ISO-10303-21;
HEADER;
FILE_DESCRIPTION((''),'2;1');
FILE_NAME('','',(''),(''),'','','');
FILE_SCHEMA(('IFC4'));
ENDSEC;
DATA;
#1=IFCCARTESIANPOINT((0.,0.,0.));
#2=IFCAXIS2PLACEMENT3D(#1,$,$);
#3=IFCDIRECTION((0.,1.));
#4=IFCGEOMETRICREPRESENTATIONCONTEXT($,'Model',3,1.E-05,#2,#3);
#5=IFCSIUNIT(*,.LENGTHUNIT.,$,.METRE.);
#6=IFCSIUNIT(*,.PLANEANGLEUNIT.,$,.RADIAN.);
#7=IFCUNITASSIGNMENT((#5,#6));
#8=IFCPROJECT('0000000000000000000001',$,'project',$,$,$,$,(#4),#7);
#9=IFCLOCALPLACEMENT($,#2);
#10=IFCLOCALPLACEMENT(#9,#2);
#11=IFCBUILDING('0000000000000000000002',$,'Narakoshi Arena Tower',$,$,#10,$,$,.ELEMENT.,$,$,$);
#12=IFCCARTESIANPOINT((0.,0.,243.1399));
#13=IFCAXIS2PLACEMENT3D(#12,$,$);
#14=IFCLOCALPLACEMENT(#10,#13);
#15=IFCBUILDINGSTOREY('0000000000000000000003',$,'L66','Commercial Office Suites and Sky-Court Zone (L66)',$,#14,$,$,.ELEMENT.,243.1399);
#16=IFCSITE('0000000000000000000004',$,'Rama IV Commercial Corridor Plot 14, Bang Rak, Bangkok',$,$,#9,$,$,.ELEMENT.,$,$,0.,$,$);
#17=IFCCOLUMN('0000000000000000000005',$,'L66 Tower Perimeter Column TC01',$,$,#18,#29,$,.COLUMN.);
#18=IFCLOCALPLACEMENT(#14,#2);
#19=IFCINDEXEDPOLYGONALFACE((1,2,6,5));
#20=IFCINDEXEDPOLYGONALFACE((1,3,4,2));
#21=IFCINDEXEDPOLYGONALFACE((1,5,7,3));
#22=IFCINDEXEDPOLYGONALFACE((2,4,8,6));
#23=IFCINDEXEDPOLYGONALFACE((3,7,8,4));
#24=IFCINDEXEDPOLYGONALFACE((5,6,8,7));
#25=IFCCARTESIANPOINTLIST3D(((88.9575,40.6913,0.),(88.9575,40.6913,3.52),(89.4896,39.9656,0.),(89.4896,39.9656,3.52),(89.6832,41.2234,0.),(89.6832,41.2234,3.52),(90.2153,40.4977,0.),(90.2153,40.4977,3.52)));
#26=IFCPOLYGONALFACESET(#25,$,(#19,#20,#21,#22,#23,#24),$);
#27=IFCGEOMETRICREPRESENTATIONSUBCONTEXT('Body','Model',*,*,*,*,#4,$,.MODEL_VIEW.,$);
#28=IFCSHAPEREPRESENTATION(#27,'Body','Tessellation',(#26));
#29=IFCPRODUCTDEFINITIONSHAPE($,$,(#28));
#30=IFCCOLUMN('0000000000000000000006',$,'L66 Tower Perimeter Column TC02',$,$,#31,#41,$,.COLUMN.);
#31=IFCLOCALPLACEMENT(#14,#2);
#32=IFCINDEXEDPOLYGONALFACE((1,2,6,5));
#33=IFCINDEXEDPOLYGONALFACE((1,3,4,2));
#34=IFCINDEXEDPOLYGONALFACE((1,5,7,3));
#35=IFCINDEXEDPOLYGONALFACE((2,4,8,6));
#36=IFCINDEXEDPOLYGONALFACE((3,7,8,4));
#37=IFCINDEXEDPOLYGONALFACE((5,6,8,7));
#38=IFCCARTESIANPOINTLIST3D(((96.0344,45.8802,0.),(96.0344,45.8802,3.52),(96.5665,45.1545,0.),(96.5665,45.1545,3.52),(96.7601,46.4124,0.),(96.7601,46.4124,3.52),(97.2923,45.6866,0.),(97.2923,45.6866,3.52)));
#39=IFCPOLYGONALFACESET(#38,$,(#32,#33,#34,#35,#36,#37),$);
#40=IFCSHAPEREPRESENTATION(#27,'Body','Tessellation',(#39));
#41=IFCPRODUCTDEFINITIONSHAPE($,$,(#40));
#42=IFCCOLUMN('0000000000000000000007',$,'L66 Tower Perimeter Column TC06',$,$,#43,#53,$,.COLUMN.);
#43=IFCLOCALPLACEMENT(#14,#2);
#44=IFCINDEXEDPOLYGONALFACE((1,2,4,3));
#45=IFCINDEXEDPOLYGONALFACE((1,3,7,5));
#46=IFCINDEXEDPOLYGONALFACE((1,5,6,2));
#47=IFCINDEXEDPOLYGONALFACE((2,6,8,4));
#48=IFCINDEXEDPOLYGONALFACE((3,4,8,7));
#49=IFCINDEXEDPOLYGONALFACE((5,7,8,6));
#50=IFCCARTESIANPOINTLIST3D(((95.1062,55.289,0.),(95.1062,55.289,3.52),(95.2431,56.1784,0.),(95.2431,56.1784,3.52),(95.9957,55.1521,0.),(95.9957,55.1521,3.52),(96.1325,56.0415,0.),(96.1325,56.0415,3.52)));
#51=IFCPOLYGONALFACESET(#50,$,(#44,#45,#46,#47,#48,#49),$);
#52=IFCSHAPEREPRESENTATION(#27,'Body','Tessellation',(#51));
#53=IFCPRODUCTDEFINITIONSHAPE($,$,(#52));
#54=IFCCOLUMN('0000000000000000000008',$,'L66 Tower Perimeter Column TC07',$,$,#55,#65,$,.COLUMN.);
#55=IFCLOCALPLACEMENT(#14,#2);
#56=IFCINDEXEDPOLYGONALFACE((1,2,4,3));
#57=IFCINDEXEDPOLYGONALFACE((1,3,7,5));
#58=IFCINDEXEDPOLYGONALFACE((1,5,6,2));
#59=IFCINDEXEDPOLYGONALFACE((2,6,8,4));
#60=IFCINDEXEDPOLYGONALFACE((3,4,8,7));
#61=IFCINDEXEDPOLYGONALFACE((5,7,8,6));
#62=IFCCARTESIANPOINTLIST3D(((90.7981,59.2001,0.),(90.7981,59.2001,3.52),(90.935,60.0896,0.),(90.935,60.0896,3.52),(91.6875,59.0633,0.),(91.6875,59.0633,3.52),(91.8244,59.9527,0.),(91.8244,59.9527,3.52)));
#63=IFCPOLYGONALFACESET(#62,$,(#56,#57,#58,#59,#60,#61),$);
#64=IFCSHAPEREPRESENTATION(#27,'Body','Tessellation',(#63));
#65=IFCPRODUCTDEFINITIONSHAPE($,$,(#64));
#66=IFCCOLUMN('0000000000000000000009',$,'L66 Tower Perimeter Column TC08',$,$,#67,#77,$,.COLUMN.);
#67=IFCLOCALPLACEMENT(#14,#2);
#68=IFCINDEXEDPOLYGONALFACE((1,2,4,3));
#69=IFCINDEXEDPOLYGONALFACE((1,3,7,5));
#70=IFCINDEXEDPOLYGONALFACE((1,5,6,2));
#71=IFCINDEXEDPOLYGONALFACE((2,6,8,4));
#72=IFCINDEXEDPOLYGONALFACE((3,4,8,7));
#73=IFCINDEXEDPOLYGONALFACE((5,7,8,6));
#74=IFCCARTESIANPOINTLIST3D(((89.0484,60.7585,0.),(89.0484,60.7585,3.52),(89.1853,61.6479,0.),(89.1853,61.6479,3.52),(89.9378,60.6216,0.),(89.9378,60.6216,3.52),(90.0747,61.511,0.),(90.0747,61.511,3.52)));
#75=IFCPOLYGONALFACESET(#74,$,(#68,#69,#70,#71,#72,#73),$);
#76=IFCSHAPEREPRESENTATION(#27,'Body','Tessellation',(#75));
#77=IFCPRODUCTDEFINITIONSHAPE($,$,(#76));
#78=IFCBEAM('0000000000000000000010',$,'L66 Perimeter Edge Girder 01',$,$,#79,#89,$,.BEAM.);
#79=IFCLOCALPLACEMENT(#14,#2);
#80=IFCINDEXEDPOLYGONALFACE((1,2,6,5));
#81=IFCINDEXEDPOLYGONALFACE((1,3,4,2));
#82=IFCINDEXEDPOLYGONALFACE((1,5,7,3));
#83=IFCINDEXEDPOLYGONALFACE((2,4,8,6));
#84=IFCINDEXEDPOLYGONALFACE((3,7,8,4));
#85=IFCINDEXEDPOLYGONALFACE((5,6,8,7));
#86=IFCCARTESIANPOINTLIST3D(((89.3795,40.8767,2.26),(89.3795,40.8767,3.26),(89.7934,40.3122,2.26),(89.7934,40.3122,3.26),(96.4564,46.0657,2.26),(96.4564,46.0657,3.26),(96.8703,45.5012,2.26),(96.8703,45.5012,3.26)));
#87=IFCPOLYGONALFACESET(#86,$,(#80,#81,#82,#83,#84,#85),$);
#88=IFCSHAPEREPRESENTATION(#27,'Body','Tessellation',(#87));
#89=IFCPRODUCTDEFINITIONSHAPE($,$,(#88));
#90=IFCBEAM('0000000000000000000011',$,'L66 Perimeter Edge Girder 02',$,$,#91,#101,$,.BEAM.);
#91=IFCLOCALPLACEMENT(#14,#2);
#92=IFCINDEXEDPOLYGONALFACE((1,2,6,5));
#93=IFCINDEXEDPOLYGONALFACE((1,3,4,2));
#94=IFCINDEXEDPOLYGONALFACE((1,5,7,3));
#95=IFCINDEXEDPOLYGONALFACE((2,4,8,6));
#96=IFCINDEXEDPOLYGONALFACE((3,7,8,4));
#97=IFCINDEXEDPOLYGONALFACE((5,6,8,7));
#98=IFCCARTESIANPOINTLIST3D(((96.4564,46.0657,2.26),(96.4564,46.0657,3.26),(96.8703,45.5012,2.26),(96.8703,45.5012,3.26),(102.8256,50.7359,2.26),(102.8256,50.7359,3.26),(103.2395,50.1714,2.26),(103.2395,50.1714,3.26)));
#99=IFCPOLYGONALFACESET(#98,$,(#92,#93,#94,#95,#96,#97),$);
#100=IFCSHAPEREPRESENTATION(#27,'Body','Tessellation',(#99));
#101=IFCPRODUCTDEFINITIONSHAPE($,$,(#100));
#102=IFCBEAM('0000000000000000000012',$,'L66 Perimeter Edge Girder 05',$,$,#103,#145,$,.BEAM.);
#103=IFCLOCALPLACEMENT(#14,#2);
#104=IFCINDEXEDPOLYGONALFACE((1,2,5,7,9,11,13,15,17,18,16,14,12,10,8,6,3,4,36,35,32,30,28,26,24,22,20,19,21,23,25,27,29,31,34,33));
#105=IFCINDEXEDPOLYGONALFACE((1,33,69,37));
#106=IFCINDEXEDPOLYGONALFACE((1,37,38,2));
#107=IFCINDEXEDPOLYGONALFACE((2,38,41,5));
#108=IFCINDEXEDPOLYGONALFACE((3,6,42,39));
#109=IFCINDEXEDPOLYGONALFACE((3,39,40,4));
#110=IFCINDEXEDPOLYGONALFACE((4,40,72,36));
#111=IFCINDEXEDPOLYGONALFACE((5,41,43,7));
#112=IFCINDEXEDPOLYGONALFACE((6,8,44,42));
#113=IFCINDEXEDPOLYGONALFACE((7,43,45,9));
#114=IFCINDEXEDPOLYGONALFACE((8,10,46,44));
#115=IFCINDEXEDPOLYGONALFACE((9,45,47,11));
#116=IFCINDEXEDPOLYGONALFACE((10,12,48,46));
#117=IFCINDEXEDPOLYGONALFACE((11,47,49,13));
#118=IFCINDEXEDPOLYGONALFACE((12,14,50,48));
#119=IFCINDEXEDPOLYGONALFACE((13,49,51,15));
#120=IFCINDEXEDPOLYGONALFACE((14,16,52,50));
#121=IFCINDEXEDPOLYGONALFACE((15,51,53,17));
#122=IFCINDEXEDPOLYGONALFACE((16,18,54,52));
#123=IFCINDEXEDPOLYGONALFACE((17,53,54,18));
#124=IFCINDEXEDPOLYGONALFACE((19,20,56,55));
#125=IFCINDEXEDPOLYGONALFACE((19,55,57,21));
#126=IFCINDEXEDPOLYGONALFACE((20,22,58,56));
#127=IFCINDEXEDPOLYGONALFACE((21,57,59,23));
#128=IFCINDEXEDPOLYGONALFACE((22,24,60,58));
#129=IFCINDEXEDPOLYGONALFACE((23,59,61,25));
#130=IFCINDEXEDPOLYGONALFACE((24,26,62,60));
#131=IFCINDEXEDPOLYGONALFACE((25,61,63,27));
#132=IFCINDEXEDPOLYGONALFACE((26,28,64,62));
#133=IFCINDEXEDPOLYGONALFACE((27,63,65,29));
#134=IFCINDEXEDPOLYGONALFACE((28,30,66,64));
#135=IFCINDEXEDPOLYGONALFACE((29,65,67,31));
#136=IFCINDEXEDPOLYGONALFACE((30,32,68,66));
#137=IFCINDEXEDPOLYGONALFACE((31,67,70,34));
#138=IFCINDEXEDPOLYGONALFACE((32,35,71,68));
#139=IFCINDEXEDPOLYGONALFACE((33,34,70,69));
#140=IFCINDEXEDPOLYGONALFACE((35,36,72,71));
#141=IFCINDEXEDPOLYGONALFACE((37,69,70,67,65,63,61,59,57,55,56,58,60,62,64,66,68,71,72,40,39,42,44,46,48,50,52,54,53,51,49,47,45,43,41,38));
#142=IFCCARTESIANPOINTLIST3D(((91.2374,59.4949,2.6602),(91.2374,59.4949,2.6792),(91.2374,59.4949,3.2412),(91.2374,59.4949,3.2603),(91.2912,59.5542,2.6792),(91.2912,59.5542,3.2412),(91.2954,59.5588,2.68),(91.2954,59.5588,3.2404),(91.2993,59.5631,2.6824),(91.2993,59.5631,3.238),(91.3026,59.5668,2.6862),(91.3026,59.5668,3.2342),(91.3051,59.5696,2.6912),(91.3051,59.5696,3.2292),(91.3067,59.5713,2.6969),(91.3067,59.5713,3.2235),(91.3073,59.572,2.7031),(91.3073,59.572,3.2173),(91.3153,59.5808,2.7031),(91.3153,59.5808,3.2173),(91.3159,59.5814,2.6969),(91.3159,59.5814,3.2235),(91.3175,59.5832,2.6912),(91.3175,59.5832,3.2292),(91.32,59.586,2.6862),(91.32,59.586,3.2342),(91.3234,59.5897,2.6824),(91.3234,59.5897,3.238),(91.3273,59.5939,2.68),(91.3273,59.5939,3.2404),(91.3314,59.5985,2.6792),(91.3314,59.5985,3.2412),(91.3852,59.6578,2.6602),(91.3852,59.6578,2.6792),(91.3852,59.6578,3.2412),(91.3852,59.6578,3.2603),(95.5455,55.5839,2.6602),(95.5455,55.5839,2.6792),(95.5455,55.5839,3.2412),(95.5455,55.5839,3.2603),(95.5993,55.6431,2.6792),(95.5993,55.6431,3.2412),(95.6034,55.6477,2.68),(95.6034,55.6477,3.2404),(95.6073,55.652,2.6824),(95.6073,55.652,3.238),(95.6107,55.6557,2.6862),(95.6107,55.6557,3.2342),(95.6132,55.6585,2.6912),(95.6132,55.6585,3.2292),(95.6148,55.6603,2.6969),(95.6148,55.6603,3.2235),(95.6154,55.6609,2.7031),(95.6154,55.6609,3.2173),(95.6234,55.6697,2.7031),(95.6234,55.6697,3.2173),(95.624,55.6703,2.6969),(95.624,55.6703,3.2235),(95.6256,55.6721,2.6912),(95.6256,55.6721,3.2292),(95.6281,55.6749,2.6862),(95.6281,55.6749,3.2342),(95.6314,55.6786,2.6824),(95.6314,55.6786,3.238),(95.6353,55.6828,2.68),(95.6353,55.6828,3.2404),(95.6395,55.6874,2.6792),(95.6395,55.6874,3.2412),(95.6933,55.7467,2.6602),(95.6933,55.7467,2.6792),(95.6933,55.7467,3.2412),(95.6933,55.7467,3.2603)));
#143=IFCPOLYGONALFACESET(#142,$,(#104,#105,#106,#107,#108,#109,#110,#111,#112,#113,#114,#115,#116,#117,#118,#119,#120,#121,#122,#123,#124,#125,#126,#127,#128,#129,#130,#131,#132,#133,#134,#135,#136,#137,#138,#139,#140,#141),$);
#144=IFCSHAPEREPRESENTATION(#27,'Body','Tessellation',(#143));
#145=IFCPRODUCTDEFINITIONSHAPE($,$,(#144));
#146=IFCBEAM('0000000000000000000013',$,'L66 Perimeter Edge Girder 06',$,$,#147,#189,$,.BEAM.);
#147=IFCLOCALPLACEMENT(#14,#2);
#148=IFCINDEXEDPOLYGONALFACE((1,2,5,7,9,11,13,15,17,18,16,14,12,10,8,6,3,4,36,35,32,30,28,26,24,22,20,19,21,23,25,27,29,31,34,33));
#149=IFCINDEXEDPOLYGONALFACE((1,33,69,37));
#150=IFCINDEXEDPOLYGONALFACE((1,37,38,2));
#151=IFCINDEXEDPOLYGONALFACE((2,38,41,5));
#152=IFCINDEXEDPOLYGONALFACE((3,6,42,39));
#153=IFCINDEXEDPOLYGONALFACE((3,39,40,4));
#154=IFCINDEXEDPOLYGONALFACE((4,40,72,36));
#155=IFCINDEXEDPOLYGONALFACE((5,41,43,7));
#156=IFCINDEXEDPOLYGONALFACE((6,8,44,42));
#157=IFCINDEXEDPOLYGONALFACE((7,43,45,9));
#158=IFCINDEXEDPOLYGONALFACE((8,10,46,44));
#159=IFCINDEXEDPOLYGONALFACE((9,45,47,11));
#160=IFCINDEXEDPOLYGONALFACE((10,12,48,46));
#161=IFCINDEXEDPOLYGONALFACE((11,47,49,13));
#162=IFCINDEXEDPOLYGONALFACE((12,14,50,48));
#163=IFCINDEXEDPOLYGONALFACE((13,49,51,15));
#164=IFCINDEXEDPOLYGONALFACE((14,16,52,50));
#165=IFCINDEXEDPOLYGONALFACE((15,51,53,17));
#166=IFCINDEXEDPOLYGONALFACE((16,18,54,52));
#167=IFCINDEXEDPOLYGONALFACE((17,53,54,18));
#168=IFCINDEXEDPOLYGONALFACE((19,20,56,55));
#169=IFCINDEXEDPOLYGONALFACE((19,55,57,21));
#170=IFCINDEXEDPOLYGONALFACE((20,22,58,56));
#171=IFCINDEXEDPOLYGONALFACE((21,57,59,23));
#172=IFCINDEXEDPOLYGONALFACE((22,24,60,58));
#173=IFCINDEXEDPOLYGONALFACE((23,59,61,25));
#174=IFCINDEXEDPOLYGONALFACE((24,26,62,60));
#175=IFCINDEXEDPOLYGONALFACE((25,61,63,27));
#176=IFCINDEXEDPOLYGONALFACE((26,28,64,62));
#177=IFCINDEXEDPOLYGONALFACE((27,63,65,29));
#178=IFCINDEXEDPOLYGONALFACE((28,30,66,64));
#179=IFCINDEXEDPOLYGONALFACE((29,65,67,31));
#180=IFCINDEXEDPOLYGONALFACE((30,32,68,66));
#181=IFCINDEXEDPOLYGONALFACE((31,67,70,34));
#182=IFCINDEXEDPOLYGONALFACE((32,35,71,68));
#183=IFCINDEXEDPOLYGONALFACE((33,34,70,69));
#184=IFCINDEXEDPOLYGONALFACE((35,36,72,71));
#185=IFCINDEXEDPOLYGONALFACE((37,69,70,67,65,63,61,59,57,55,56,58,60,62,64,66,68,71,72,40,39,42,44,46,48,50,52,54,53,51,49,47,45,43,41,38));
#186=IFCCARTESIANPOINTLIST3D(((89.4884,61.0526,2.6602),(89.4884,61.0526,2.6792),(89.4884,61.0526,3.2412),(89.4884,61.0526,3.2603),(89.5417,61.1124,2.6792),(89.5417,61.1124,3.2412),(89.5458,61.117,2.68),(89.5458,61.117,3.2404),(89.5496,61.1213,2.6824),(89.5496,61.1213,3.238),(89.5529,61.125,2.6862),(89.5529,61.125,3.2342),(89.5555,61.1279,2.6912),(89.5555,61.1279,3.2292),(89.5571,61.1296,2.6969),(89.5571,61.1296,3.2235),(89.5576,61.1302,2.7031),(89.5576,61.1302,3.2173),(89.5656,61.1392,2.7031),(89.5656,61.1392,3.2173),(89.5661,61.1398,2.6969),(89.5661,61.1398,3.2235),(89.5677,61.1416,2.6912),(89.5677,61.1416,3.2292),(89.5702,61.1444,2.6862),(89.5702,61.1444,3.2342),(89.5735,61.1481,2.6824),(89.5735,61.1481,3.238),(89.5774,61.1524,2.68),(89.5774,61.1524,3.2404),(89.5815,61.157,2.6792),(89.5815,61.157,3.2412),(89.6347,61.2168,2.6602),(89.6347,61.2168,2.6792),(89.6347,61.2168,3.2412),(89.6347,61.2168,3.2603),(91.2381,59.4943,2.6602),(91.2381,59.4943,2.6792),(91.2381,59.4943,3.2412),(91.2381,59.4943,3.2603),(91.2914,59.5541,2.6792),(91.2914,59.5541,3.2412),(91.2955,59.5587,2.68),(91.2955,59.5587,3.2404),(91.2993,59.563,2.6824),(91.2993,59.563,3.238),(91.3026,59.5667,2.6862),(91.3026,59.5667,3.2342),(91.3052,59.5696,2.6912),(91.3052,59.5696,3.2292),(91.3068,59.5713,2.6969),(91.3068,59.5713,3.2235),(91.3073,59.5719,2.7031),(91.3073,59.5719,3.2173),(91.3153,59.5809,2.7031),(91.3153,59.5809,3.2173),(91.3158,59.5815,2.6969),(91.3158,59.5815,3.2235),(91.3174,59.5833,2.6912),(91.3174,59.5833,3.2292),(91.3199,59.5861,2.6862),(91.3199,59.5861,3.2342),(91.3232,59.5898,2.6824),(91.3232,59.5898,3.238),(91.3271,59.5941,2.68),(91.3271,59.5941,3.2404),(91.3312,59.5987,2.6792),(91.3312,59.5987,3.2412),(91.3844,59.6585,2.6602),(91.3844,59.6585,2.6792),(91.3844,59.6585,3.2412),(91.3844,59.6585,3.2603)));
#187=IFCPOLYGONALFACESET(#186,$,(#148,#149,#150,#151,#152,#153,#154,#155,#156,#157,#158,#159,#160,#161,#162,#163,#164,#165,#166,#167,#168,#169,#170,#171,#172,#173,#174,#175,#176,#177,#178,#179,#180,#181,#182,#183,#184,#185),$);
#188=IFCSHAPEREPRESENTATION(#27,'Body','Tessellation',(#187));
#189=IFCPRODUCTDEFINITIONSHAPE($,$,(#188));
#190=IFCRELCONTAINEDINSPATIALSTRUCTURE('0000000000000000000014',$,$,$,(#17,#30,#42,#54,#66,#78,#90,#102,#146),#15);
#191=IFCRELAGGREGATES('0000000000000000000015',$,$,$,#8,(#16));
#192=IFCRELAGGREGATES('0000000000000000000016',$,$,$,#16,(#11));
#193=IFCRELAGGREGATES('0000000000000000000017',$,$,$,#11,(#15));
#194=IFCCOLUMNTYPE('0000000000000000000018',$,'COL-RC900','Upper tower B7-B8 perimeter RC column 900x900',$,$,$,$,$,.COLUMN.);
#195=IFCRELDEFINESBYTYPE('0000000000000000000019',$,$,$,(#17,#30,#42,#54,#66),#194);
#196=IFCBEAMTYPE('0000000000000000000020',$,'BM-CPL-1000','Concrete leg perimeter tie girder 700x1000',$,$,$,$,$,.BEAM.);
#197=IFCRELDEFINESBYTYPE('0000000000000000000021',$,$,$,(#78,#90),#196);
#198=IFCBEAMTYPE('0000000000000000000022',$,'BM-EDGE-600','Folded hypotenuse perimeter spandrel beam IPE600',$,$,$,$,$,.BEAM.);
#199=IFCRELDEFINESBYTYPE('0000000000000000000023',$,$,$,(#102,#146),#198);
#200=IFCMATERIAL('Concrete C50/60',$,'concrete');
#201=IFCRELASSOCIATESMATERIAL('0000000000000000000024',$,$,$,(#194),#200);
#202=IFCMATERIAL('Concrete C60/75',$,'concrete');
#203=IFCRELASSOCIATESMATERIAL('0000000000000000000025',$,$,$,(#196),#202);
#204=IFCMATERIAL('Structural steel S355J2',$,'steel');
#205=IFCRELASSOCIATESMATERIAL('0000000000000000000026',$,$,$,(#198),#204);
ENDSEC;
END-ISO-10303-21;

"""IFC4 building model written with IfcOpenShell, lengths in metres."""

from ifc_helpers import new_model, si_unit, direction, frame, origin, origin_2d, place, context, subcontext, project, spatial, rectangle, i_section, extrude, material, material_profile, profile_set, type_object, element, save


model = new_model("IFC4")

# Units and contexts
model_context = context("Model", 3, precision=1e-05, world=origin(), true_north=direction((0.0, 1.0)))
body_context = subcontext(model_context, "Body", "Model", "MODEL_VIEW")
ifc_project = project(units=[si_unit("LENGTHUNIT", "METRE"), si_unit("PLANEANGLEUNIT", "RADIAN")], contexts=[model_context])

# Site, building, storey
site_placement = place(None, origin())
site = spatial("IfcSite", under=ifc_project, at=site_placement, Name="Rama IV Commercial Corridor Plot 14, Bang Rak, Bangkok", CompositionType="ELEMENT", RefElevation=0.0)
building_placement = place(site_placement, origin())
building = spatial("IfcBuilding", under=site, at=building_placement, Name="Narakoshi Arena Tower", CompositionType="ELEMENT")
storey_placement = place(building_placement, frame((0.0, 0.0, 243.1399)))
storey = spatial("IfcBuildingStorey", under=building, at=storey_placement, Name="L66", Description="Commercial Office Suites and Sky-Court Zone (L66)", CompositionType="ELEMENT", Elevation=243.1399)

# Columns
ifc_material_1 = material(Name="Concrete C50/60", Category="concrete")
ifc_material_profile_1 = material_profile(ifc_material_1, rectangle(XDim=0.8999, YDim=0.8999, at=origin_2d()), Name="RC900x900")
ifc_profile_set_1 = profile_set([ifc_material_profile_1], Name="Concrete C50/60")
column_type = type_object("IfcColumnType", Name="COL-RC900", Description="Upper tower B7-B8 perimeter RC column 900x900", PredefinedType="COLUMN", material=ifc_profile_set_1)
for number, where, z_axis, x_axis, name in (
    (1, (89.5864, 40.5945, 0.0), (0.0, 0.0, 1.0), (0.806445, 0.59131, 0.0), "L66 Tower Perimeter Column TC01"),
    (2, (96.6633, 45.7834, 0.0), (0.0, 0.0, 1.0), (0.806445, 0.59131, 0.0), "L66 Tower Perimeter Column TC02"),
    (3, (95.6194, 55.6653, 0.0), (0.0, 0.0, 1.0), (0.152123, 0.988362, 0.0), "L66 Tower Perimeter Column TC06"),
    (4, (91.3113, 59.5764, 0.0), (0.0, 0.0, 1.0), (0.152123, 0.988362, 0.0), "L66 Tower Perimeter Column TC07"),
    (5, (89.5615, 61.1348, 0.0), (0.0, 0.0, 1.0), (0.152123, 0.988362, 0.0), "L66 Tower Perimeter Column TC08"),
):
    element("IfcColumn", number, at=place(storey_placement, frame(where, z_axis=z_axis, x_axis=x_axis)), inside=storey, type_object=column_type, Name=name, PredefinedType="COLUMN", context=body_context, shape_type="SweptSolid", body=[
        extrude(rectangle(XDim=0.8999, YDim=0.8999, at=origin_2d()), origin(), (0.0, 0.0, 1.0), 3.52),
    ])

# Beams
ifc_material_2 = material(Name="Concrete C60/75", Category="concrete")
ifc_material_profile_2 = material_profile(ifc_material_2, rectangle(XDim=0.7, YDim=1.0, at=origin_2d()), Name="RCB700x1000")
ifc_profile_set_2 = profile_set([ifc_material_profile_2], Name="Concrete C60/75")
beam_type_1 = type_object("IfcBeamType", Name="BM-CPL-1000", Description="Concrete leg perimeter tie girder 700x1000", PredefinedType="BEAM", material=ifc_profile_set_2)
beam_1_placement = place(storey_placement, frame((89.5864, 40.5945, 2.76), z_axis=(0.806447, 0.591307, 0.0), x_axis=(-0.591307, 0.806447, 0.0)))
element("IfcBeam", 6, at=beam_1_placement, inside=storey, type_object=beam_type_1, Name="L66 Perimeter Edge Girder 01", PredefinedType="BEAM", context=body_context, shape_type="SweptSolid", body=[
    extrude(rectangle(XDim=0.7, YDim=1.0, at=origin_2d()), origin(), (0.0, 0.0, 1.0), 8.7754),
])
beam_2_placement = place(storey_placement, frame((96.6633, 45.7834, 2.76), z_axis=(0.806437, 0.591319, 0.0), x_axis=(-0.591319, 0.806437, 0.0)))
element("IfcBeam", 7, at=beam_2_placement, inside=storey, type_object=beam_type_1, Name="L66 Perimeter Edge Girder 02", PredefinedType="BEAM", context=body_context, shape_type="SweptSolid", body=[
    extrude(rectangle(XDim=0.7, YDim=1.0, at=origin_2d()), origin(), (0.0, 0.0, 1.0), 7.8979),
])
ifc_material_3 = material(Name="Structural steel S355J2", Category="steel")
ifc_material_profile_3 = material_profile(ifc_material_3, i_section(OverallWidth=0.22, OverallDepth=0.6001, WebThickness=0.012, FlangeThickness=0.019, FilletRadius=0.0239, at=origin_2d()), Name="IPE600")
ifc_profile_set_3 = profile_set([ifc_material_profile_3], Name="Structural steel S355J2")
beam_type_2 = type_object("IfcBeamType", Name="BM-EDGE-600", Description="Folded hypotenuse perimeter spandrel beam IPE600", PredefinedType="BEAM", material=ifc_profile_set_3)
beam_3_placement = place(storey_placement, frame((95.6194, 55.6653, 2.9602), z_axis=(-0.740396, 0.672171, 0.0), x_axis=(-0.672171, -0.740396, 0.0)))
element("IfcBeam", 8, at=beam_3_placement, inside=storey, type_object=beam_type_2, Name="L66 Perimeter Edge Girder 05", PredefinedType="BEAM", context=body_context, shape_type="SweptSolid", body=[
    extrude(i_section(OverallWidth=0.22, OverallDepth=0.6001, WebThickness=0.012, FlangeThickness=0.019, FilletRadius=0.0239, at=origin_2d()), origin(), (0.0, 0.0, 1.0), 5.8186),
])
beam_4_placement = place(storey_placement, frame((91.3113, 59.5764, 2.9602), z_axis=(-0.746771, 0.665081, 0.0), x_axis=(-0.665081, -0.746771, 0.0)))
element("IfcBeam", 9, at=beam_4_placement, inside=storey, type_object=beam_type_2, Name="L66 Perimeter Edge Girder 06", PredefinedType="BEAM", context=body_context, shape_type="SweptSolid", body=[
    extrude(i_section(OverallWidth=0.22, OverallDepth=0.6001, WebThickness=0.012, FlangeThickness=0.019, FilletRadius=0.0239, at=origin_2d()), origin(), (0.0, 0.0, 1.0), 2.343),
])

save(model, "model.ifc")
